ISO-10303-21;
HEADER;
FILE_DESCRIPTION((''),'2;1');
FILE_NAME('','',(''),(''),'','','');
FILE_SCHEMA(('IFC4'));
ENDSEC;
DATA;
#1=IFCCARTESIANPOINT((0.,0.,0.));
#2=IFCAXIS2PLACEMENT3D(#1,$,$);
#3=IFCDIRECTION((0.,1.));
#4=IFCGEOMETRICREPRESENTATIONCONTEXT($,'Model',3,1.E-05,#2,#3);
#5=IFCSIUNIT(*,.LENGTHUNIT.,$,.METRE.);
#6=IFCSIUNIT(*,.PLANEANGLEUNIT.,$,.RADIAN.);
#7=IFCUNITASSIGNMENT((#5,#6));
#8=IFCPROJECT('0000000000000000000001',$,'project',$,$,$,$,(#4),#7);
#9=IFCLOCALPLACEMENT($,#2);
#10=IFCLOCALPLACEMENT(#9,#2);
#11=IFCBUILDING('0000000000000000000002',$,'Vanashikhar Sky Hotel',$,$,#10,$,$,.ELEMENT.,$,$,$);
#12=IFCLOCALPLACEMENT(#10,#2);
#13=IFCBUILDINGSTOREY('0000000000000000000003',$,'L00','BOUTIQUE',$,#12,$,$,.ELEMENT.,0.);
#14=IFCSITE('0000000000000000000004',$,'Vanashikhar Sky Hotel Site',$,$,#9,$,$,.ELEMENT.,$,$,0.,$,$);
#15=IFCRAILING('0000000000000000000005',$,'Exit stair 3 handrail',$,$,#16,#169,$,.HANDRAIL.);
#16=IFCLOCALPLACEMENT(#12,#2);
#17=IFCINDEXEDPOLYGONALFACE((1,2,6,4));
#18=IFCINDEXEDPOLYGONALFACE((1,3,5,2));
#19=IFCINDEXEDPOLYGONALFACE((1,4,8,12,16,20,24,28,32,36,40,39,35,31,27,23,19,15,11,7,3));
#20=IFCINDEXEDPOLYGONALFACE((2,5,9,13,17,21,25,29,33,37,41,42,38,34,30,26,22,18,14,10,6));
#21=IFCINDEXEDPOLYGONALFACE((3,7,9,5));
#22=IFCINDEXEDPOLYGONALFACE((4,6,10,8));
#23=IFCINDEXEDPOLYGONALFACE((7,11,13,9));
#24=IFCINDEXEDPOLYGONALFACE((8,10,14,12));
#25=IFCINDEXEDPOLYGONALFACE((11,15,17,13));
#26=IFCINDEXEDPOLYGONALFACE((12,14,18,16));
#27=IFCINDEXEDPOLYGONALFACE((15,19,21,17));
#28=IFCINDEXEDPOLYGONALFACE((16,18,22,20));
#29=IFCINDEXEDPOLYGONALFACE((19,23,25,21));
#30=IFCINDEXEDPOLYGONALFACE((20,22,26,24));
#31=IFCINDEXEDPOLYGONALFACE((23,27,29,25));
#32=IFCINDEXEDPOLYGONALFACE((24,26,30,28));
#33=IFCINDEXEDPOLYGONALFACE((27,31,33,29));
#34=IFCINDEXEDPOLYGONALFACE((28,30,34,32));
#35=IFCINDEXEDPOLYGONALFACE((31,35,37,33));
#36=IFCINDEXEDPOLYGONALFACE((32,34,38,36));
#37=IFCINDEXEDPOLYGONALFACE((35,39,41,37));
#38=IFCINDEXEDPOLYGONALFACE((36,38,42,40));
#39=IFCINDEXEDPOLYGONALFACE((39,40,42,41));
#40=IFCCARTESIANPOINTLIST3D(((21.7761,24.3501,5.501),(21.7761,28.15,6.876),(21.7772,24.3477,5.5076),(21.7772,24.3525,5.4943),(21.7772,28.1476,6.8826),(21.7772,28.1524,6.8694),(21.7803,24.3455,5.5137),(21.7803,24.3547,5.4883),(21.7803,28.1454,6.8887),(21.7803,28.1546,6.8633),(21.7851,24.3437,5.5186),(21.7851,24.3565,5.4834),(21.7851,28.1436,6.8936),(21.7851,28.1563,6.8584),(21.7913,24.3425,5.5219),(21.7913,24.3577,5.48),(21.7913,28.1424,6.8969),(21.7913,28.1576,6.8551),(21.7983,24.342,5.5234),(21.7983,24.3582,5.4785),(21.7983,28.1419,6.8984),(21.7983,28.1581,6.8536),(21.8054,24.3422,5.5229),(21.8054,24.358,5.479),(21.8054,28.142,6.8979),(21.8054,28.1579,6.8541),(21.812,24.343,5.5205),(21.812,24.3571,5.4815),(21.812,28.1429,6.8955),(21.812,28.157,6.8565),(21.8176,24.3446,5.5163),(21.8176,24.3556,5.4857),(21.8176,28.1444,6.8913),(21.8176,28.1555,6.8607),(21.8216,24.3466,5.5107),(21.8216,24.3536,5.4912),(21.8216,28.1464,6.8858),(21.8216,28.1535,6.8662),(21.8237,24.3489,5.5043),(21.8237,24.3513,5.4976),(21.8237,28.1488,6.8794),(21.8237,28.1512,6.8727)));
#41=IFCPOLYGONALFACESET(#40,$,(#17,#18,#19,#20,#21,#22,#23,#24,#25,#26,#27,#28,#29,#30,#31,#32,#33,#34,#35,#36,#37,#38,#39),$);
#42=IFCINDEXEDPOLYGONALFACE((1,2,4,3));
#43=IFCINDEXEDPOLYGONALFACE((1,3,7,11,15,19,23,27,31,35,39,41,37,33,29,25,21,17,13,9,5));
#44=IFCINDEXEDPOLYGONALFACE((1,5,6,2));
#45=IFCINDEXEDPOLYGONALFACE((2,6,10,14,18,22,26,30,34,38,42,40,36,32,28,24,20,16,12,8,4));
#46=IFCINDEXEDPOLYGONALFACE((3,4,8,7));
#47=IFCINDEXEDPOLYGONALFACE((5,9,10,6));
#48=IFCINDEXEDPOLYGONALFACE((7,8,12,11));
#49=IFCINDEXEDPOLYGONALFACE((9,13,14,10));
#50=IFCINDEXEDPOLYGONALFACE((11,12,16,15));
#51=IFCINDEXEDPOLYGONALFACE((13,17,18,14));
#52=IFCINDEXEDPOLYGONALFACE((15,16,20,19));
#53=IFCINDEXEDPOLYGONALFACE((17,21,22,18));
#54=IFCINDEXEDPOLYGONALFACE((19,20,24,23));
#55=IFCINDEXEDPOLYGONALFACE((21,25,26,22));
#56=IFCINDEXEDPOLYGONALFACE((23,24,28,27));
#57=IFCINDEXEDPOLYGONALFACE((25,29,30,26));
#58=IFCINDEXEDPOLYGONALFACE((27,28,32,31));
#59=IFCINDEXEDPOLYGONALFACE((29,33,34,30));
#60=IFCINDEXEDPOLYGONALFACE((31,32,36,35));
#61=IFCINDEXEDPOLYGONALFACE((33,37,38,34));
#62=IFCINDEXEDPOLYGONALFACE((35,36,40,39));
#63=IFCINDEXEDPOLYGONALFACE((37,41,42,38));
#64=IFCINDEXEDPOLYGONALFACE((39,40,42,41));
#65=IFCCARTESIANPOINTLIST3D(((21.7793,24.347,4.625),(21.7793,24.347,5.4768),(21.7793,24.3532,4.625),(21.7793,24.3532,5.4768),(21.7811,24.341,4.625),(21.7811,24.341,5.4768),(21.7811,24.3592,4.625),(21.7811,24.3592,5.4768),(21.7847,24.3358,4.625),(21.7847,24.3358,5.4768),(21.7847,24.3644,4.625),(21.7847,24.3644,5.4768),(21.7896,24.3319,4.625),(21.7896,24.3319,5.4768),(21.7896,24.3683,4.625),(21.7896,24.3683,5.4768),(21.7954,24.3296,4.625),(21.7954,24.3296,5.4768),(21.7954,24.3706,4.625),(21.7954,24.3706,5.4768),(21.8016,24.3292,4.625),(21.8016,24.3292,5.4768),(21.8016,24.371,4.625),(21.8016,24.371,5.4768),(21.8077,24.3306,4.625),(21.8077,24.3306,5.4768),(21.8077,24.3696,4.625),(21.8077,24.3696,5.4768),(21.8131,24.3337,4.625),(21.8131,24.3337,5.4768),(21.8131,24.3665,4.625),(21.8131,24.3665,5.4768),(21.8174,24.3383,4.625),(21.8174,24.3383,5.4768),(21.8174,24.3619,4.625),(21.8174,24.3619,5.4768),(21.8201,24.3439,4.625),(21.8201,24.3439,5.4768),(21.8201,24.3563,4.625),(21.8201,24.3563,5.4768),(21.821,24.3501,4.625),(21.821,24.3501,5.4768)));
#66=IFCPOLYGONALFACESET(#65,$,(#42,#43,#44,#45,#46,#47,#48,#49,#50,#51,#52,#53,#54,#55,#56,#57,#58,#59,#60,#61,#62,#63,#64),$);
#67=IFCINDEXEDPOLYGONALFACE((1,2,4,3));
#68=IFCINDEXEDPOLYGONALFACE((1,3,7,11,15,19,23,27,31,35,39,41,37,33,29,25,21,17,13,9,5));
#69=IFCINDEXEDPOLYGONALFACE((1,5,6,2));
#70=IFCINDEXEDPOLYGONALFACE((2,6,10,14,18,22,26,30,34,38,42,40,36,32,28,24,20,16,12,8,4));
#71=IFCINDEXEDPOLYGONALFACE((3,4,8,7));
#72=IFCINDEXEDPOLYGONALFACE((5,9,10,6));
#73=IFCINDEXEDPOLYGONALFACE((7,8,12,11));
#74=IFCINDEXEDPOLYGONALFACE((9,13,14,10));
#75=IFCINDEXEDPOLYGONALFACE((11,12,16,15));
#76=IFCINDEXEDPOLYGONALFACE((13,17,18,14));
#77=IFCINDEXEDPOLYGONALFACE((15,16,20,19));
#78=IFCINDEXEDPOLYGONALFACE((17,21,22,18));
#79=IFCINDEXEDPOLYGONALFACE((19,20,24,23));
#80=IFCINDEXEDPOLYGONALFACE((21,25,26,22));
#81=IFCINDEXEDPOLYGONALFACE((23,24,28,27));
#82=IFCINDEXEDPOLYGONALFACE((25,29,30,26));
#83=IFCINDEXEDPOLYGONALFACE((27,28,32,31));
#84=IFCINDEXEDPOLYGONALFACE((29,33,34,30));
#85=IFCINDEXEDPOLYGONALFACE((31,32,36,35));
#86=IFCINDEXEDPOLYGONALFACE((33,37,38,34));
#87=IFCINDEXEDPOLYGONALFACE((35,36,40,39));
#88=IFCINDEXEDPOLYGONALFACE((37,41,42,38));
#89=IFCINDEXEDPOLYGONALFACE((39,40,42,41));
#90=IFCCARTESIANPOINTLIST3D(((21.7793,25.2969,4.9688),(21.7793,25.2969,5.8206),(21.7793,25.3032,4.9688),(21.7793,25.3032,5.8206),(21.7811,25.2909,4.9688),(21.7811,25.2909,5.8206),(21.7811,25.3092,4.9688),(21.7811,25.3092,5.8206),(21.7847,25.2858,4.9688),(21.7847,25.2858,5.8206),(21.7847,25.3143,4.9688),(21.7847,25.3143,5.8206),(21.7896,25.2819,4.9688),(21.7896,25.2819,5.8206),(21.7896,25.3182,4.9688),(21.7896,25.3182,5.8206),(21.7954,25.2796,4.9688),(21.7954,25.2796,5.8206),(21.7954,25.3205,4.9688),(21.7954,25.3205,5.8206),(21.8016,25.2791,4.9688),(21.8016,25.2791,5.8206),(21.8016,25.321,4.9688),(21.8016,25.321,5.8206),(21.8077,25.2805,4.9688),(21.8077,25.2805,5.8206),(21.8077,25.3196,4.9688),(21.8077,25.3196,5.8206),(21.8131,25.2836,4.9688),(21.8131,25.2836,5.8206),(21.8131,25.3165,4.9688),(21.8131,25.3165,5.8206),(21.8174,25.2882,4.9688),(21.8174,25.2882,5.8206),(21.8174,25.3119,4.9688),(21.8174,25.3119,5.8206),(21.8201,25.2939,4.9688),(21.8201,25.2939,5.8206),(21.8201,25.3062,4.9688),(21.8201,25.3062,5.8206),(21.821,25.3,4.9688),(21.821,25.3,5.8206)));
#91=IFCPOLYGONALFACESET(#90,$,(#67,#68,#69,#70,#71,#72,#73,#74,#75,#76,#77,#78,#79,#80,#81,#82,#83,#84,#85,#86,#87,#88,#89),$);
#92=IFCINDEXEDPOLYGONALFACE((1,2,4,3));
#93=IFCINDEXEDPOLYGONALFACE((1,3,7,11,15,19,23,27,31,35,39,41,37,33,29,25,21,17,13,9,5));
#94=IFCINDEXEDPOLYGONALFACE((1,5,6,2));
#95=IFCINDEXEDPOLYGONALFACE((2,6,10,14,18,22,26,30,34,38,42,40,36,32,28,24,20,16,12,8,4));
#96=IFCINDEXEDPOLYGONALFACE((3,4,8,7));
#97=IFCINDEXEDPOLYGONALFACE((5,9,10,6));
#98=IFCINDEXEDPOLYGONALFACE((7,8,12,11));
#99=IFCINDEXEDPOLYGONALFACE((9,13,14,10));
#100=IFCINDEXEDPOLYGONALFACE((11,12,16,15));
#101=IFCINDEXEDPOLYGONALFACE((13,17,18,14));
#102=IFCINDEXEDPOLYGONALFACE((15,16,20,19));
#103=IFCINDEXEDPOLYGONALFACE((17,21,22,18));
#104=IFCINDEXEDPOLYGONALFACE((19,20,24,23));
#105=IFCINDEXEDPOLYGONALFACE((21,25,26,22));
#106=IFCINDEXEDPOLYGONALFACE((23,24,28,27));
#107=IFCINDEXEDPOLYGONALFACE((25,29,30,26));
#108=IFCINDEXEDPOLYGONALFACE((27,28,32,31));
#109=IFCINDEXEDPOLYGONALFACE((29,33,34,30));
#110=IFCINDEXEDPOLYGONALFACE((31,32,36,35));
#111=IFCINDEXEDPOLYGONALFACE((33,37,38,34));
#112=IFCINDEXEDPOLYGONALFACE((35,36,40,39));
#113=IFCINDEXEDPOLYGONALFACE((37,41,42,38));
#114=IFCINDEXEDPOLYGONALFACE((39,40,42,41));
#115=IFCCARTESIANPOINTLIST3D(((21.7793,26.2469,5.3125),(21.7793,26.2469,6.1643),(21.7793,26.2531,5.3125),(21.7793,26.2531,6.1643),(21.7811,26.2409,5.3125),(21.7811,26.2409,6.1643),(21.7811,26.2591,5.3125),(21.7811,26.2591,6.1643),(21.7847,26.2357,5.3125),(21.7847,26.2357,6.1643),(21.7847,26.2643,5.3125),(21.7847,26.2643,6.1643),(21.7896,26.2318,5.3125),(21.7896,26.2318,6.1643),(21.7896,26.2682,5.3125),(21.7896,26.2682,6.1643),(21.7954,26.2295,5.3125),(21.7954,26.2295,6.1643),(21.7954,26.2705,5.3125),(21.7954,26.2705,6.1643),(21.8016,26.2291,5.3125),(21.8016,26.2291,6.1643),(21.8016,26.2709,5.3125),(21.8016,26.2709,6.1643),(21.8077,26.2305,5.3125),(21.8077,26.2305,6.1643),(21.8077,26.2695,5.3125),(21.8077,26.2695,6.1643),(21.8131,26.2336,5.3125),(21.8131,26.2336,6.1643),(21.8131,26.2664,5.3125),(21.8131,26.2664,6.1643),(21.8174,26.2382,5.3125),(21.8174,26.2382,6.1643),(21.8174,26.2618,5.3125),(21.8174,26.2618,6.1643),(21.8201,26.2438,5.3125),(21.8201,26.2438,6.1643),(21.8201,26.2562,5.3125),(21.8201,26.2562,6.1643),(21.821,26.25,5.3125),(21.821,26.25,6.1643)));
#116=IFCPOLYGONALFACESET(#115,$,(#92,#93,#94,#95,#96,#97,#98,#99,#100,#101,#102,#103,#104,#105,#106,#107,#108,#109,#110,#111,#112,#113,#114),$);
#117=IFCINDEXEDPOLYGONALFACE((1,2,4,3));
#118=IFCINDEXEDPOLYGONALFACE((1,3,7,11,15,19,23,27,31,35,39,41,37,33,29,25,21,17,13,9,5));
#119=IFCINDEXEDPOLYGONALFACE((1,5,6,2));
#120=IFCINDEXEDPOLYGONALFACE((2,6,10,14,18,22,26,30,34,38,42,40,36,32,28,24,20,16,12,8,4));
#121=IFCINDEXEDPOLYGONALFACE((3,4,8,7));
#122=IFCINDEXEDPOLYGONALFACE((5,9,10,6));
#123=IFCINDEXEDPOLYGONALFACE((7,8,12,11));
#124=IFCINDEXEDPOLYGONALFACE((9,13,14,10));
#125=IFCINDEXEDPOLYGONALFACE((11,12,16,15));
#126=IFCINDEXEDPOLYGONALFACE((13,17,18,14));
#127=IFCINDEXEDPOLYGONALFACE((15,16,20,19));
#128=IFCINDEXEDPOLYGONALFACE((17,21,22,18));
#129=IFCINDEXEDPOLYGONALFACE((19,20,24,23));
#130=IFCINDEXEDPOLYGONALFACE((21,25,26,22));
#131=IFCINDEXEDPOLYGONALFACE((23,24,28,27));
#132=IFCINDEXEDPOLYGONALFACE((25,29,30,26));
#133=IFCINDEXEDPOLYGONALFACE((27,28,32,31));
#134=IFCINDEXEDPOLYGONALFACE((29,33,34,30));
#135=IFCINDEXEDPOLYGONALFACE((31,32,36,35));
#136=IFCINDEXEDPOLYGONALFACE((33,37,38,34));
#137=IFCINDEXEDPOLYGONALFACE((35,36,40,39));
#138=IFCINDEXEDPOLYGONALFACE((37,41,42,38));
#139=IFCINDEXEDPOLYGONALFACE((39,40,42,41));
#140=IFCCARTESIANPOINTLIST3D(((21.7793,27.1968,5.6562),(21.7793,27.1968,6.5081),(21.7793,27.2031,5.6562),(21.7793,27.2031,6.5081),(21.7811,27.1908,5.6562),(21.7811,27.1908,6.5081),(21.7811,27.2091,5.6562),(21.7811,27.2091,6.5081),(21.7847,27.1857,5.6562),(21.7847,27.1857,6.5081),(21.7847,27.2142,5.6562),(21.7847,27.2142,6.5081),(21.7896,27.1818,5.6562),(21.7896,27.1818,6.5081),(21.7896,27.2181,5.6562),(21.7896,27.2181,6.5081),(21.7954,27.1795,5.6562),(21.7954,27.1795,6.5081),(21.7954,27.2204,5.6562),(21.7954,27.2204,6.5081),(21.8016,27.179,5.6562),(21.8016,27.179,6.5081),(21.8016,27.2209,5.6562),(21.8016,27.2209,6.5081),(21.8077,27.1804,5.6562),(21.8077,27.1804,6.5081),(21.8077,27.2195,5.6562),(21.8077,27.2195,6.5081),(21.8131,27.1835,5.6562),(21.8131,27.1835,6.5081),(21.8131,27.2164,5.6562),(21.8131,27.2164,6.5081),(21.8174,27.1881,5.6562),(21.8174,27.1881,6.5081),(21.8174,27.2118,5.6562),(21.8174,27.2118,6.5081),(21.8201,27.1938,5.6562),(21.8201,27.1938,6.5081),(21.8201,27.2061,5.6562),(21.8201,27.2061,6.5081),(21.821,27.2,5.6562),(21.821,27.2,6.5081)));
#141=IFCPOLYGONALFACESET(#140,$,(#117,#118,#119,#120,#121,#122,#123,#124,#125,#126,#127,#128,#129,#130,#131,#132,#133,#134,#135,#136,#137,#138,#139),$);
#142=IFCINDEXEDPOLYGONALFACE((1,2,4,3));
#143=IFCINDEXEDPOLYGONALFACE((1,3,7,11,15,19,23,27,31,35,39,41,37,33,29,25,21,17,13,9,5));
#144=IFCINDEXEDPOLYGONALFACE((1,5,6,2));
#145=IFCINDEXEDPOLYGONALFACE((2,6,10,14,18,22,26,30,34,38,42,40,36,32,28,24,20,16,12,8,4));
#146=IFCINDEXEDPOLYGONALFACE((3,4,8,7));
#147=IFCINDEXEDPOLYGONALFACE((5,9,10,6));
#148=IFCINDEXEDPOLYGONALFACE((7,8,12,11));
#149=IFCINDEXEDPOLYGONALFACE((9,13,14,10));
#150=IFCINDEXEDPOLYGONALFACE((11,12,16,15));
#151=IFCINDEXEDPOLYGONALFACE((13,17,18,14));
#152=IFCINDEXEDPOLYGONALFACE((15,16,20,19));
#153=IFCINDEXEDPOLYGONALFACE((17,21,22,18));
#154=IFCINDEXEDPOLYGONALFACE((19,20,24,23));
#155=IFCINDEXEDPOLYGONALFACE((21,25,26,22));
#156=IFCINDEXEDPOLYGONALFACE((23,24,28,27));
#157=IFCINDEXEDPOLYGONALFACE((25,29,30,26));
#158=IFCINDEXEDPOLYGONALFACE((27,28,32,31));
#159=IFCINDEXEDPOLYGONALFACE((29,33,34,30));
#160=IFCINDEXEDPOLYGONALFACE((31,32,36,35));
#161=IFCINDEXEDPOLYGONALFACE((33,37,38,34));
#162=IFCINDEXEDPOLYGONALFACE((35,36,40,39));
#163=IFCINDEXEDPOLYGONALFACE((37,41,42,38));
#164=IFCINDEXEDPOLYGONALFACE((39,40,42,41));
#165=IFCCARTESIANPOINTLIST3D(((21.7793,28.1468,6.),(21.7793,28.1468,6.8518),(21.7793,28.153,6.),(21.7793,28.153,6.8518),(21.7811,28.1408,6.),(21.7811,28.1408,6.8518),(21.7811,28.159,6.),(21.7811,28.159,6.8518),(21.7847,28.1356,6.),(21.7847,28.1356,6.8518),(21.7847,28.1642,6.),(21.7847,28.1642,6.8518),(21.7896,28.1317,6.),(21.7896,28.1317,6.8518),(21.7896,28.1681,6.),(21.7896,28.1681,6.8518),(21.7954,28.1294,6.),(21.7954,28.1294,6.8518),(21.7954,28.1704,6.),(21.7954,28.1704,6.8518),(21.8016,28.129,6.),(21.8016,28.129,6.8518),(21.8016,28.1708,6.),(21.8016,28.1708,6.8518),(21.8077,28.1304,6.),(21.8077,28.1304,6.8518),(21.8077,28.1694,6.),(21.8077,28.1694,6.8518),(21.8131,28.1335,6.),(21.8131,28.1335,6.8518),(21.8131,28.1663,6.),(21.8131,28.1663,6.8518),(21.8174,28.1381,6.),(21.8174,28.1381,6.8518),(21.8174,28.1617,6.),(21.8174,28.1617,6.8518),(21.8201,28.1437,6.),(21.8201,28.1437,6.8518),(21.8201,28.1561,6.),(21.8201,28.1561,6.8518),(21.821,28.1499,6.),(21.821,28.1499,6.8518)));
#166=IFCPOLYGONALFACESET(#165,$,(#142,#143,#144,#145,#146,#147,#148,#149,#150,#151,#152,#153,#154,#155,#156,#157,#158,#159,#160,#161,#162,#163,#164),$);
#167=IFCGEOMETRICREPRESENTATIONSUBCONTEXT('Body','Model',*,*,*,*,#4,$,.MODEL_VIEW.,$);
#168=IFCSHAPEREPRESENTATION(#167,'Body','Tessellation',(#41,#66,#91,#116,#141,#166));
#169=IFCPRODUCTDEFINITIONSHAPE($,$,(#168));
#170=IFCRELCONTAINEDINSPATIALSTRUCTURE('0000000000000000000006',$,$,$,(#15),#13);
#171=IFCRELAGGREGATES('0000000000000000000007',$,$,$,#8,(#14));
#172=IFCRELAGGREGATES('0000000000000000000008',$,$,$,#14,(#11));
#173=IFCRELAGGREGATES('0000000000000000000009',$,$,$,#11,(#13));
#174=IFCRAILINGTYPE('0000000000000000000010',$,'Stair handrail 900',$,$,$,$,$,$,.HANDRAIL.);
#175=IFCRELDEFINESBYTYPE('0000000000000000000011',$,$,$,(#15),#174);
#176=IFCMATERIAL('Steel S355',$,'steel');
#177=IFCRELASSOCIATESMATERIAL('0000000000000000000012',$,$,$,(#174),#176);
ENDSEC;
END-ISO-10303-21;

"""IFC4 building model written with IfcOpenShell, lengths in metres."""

from ifc_helpers import new_model, si_unit, direction, frame, origin, origin_2d, place, context, subcontext, project, spatial, circle, extrude, source, transform, mapped, material, type_object, element, save


model = new_model("IFC4")

# Units and contexts
model_context = context("Model", 3, precision=1e-05, world=origin(), true_north=direction((0.0, 1.0)))
body_context = subcontext(model_context, "Body", "Model", "MODEL_VIEW")
ifc_project = project(units=[si_unit("LENGTHUNIT", "METRE"), si_unit("PLANEANGLEUNIT", "RADIAN")], contexts=[model_context])

# Site, building, storey
site_placement = place(None, origin())
site = spatial("IfcSite", under=ifc_project, at=site_placement, Name="Vanashikhar Sky Hotel Site", CompositionType="ELEMENT", RefElevation=0.0)
building_placement = place(site_placement, origin())
building = spatial("IfcBuilding", under=site, at=building_placement, Name="Vanashikhar Sky Hotel", CompositionType="ELEMENT")
storey_placement = place(building_placement, origin())
storey = spatial("IfcBuildingStorey", under=building, at=storey_placement, Name="L00", Description="BOUTIQUE", CompositionType="ELEMENT", Elevation=0.0)

# Railing
ifc_material_1 = material(Name="Steel S355", Category="steel")
railing_type_1 = type_object("IfcRailingType", Name="Stair handrail 900", PredefinedType="HANDRAIL", material=ifc_material_1)
shared_shape_1 = source(origin(), body_context, "Body", "SweptSolid", [
    extrude(circle(Radius=0.0239, at=origin_2d()), frame((0.0, 0.0, 0.876), z_axis=(0.0, 0.940329, 0.340268), x_axis=(-1.0, 0.0, 0.0)), (0.0, 0.0, 1.0), 4.041),
    extrude(circle(Radius=0.021, at=origin_2d()), origin(), (0.0, 0.0, 1.0), 0.8518),
    extrude(circle(Radius=0.021, at=origin_2d()), frame((0.0, 0.95, 0.3438)), (0.0, 0.0, 1.0), 0.8518),
    extrude(circle(Radius=0.021, at=origin_2d()), frame((0.0, 1.8999, 0.6875)), (0.0, 0.0, 1.0), 0.8518),
    extrude(circle(Radius=0.021, at=origin_2d()), frame((0.0, 2.8499, 1.0312)), (0.0, 0.0, 1.0), 0.8518),
    extrude(circle(Radius=0.021, at=origin_2d()), frame((0.0, 3.7998, 1.375)), (0.0, 0.0, 1.0), 0.8518),
])
for number, where, name in (
    (1, (21.8, 24.3501, 4.625), "Exit stair 3 handrail"),
):
    element("IfcRailing", number, at=place(storey_placement, frame(where)), inside=storey, type_object=railing_type_1, Name=name, PredefinedType="HANDRAIL", context=body_context, shape_type="MappedRepresentation", body=[
        mapped(shared_shape_1, transform((0.0, 0.0, 0.0), scale=1.0)),
    ])

save(model, "model.ifc")
